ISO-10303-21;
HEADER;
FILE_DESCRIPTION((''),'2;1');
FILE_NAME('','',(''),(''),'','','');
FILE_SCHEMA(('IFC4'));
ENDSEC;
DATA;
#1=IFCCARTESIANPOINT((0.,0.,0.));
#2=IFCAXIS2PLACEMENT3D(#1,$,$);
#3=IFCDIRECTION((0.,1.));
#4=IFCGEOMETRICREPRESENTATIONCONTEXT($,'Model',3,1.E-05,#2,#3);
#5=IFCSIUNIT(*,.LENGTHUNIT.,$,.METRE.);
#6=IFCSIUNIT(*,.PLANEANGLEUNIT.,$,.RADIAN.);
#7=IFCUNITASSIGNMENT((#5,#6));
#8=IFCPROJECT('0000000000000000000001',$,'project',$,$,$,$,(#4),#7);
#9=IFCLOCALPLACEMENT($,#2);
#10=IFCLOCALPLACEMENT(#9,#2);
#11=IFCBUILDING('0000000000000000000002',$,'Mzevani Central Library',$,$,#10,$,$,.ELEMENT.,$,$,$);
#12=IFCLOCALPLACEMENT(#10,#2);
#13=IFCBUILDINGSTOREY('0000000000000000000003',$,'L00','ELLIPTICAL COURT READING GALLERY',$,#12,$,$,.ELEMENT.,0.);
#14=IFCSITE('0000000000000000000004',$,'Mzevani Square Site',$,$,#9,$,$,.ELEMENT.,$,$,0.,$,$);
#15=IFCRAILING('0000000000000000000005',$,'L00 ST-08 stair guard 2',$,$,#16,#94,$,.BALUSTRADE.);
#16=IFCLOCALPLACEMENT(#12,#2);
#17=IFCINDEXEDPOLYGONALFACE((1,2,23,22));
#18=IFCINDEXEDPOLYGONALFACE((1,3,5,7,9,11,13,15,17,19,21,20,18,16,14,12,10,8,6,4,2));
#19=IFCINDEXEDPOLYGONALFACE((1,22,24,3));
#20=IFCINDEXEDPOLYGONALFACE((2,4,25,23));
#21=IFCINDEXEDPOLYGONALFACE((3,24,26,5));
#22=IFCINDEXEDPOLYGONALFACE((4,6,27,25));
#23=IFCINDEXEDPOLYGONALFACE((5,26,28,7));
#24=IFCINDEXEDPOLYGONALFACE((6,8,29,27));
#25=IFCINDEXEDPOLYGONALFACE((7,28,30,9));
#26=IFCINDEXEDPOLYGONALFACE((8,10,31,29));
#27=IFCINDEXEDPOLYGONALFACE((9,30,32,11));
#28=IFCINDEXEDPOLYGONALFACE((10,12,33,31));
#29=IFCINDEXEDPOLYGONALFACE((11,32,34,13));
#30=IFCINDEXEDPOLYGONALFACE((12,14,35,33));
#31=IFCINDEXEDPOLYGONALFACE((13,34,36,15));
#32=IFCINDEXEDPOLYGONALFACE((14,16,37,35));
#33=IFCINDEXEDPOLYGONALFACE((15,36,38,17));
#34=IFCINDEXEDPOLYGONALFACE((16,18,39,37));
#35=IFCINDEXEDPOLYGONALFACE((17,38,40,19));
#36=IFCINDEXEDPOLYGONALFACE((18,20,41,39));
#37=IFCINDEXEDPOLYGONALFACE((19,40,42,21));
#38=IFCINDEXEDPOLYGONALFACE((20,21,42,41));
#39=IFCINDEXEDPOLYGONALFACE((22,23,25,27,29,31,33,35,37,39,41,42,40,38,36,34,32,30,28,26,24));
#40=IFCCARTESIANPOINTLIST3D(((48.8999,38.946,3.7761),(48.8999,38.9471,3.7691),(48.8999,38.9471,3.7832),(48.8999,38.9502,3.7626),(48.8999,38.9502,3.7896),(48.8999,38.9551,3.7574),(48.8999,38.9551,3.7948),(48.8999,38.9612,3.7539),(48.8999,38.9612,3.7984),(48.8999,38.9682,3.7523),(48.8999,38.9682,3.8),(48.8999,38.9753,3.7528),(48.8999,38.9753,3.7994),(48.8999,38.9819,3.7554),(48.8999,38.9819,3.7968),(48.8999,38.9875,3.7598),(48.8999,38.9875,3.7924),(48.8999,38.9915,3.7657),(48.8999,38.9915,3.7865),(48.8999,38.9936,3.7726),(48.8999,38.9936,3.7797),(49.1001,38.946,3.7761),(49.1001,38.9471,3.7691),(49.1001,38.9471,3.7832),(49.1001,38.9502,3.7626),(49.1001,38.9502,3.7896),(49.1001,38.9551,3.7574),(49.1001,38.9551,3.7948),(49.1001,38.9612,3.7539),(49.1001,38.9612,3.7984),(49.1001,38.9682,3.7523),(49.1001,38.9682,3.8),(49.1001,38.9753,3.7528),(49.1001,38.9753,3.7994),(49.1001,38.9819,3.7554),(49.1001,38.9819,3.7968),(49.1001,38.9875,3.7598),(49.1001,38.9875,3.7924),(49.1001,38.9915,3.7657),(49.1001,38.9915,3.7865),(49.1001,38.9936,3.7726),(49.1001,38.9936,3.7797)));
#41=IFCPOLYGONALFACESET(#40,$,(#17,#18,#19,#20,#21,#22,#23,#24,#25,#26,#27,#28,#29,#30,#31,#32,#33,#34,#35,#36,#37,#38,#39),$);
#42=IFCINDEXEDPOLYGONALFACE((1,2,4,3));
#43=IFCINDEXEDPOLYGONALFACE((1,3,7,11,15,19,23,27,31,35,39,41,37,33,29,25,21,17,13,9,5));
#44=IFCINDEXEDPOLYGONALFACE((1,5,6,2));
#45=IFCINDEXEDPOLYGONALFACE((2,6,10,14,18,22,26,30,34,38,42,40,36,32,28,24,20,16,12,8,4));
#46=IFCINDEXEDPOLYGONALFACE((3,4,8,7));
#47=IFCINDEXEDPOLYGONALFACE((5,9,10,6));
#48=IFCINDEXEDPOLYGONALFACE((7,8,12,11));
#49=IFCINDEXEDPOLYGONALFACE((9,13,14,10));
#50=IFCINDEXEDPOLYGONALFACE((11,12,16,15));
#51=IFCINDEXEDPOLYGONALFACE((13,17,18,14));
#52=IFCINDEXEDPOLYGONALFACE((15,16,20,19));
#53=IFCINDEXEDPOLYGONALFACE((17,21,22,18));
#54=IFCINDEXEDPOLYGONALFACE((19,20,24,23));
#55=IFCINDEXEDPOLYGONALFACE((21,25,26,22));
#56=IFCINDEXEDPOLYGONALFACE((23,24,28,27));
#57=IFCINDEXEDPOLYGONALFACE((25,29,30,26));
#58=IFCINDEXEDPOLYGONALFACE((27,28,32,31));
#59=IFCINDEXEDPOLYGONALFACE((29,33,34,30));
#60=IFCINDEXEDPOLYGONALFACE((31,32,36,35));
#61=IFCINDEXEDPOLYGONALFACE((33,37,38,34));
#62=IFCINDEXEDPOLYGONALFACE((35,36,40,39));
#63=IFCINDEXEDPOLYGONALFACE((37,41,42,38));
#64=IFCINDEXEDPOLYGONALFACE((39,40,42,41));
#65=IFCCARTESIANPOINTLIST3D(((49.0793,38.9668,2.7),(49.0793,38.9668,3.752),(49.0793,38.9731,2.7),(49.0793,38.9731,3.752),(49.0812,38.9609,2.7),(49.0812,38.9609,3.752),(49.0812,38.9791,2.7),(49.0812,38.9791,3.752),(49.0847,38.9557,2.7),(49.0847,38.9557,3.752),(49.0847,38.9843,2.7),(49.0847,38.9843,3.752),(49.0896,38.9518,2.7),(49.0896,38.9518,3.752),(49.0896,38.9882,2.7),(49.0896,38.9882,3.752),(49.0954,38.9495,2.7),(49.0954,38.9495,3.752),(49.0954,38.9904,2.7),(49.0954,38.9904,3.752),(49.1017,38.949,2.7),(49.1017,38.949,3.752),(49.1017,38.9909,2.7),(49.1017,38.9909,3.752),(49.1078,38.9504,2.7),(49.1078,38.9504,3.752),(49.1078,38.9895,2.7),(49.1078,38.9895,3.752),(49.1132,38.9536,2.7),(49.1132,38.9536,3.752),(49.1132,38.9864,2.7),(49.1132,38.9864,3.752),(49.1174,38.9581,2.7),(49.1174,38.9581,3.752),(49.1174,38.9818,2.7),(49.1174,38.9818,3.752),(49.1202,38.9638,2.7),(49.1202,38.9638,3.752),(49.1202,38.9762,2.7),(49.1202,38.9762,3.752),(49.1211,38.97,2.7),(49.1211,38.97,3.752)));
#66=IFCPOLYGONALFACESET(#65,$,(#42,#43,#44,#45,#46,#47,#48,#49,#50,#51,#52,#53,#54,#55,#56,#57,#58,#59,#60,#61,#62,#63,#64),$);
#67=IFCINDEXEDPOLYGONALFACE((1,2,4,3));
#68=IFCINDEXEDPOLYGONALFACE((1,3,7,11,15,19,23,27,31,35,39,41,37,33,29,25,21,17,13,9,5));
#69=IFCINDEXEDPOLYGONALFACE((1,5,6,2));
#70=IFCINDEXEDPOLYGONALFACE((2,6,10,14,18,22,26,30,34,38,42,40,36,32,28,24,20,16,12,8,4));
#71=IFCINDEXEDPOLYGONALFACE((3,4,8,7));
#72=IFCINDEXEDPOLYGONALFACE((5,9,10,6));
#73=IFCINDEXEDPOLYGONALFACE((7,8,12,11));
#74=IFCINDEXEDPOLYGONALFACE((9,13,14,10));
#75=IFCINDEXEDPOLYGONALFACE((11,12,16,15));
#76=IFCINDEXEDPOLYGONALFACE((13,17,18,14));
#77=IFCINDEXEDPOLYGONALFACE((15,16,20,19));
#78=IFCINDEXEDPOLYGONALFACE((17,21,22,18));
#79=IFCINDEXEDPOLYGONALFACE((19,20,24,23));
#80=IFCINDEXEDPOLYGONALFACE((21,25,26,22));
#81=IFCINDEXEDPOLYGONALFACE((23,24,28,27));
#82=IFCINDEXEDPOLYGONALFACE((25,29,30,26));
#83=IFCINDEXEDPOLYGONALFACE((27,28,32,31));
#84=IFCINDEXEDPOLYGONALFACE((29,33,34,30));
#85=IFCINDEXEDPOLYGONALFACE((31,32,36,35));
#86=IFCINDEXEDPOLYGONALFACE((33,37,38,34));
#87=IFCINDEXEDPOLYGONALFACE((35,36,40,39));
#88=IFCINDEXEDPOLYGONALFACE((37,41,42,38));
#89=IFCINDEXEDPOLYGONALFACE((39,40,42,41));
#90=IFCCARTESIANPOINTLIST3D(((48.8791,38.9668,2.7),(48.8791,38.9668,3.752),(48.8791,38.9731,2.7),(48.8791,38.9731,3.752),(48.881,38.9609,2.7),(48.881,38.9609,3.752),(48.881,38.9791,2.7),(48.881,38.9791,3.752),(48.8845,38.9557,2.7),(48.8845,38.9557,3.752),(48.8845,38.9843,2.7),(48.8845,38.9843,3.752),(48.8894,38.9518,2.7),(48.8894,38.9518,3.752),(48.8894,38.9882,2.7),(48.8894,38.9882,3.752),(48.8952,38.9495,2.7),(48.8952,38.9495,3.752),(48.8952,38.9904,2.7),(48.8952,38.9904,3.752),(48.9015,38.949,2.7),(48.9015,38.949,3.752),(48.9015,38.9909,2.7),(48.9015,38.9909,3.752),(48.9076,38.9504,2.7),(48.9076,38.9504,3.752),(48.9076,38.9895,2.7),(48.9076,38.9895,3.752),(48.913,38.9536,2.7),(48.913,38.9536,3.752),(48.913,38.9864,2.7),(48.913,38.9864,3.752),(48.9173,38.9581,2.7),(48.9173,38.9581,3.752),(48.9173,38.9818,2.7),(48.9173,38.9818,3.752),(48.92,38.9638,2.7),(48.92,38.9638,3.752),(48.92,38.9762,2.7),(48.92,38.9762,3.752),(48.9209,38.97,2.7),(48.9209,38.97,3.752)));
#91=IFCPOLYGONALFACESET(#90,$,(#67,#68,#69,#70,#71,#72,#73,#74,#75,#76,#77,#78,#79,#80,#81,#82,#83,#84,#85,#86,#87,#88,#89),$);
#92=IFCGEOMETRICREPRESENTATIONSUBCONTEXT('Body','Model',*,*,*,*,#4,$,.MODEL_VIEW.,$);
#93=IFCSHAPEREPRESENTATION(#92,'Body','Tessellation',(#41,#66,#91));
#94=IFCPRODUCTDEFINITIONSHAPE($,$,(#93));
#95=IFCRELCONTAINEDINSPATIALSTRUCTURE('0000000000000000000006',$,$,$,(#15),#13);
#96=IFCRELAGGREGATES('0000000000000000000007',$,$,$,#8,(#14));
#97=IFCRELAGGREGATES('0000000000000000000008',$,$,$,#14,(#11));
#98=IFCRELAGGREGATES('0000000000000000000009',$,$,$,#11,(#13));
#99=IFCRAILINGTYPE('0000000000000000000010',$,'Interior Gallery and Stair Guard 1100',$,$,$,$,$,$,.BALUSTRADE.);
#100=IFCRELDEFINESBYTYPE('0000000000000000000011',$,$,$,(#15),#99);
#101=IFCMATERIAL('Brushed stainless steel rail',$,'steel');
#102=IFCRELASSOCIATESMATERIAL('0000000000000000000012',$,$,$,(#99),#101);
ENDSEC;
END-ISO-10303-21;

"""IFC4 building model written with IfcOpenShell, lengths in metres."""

from ifc_helpers import new_model, si_unit, direction, frame, origin, origin_2d, place, context, subcontext, project, spatial, circle, extrude, material, type_object, element, save


model = new_model("IFC4")

# Units and contexts
model_context = context("Model", 3, precision=1e-05, world=origin(), true_north=direction((0.0, 1.0)))
body_context = subcontext(model_context, "Body", "Model", "MODEL_VIEW")
ifc_project = project(units=[si_unit("LENGTHUNIT", "METRE"), si_unit("PLANEANGLEUNIT", "RADIAN")], contexts=[model_context])

# Site, building, storey
site_placement = place(None, origin())
site = spatial("IfcSite", under=ifc_project, at=site_placement, Name="Mzevani Square Site", CompositionType="ELEMENT", RefElevation=0.0)
building_placement = place(site_placement, origin())
building = spatial("IfcBuilding", under=site, at=building_placement, Name="Mzevani Central Library", CompositionType="ELEMENT")
storey_placement = place(building_placement, origin())
storey = spatial("IfcBuildingStorey", under=building, at=storey_placement, Name="L00", Description="ELLIPTICAL COURT READING GALLERY", CompositionType="ELEMENT", Elevation=0.0)

# Railing
ifc_material_1 = material(Name="Brushed stainless steel rail", Category="steel")
railing_type_1 = type_object("IfcRailingType", Name="Interior Gallery and Stair Guard 1100", PredefinedType="BALUSTRADE", material=ifc_material_1)
railing_1_placement = place(storey_placement, frame((49.1001, 38.97, 2.7)))
element("IfcRailing", 1, at=railing_1_placement, inside=storey, type_object=railing_type_1, Name="L00 ST-08 stair guard 2", PredefinedType="BALUSTRADE", context=body_context, shape_type="SweptSolid", body=[
    extrude(circle(Radius=0.0239, at=origin_2d()), frame((0.0, 0.0, 1.0762), z_axis=(-1.0, 0.0, 0.0), x_axis=(0.0, -1.0, 0.0)), (0.0, 0.0, 1.0), 0.2002),
    extrude(circle(Radius=0.021, at=origin_2d()), origin(), (0.0, 0.0, 1.0), 1.052),
    extrude(circle(Radius=0.021, at=origin_2d()), frame((-0.2002, 0.0, 0.0)), (0.0, 0.0, 1.0), 1.052),
])

save(model, "model.ifc")
